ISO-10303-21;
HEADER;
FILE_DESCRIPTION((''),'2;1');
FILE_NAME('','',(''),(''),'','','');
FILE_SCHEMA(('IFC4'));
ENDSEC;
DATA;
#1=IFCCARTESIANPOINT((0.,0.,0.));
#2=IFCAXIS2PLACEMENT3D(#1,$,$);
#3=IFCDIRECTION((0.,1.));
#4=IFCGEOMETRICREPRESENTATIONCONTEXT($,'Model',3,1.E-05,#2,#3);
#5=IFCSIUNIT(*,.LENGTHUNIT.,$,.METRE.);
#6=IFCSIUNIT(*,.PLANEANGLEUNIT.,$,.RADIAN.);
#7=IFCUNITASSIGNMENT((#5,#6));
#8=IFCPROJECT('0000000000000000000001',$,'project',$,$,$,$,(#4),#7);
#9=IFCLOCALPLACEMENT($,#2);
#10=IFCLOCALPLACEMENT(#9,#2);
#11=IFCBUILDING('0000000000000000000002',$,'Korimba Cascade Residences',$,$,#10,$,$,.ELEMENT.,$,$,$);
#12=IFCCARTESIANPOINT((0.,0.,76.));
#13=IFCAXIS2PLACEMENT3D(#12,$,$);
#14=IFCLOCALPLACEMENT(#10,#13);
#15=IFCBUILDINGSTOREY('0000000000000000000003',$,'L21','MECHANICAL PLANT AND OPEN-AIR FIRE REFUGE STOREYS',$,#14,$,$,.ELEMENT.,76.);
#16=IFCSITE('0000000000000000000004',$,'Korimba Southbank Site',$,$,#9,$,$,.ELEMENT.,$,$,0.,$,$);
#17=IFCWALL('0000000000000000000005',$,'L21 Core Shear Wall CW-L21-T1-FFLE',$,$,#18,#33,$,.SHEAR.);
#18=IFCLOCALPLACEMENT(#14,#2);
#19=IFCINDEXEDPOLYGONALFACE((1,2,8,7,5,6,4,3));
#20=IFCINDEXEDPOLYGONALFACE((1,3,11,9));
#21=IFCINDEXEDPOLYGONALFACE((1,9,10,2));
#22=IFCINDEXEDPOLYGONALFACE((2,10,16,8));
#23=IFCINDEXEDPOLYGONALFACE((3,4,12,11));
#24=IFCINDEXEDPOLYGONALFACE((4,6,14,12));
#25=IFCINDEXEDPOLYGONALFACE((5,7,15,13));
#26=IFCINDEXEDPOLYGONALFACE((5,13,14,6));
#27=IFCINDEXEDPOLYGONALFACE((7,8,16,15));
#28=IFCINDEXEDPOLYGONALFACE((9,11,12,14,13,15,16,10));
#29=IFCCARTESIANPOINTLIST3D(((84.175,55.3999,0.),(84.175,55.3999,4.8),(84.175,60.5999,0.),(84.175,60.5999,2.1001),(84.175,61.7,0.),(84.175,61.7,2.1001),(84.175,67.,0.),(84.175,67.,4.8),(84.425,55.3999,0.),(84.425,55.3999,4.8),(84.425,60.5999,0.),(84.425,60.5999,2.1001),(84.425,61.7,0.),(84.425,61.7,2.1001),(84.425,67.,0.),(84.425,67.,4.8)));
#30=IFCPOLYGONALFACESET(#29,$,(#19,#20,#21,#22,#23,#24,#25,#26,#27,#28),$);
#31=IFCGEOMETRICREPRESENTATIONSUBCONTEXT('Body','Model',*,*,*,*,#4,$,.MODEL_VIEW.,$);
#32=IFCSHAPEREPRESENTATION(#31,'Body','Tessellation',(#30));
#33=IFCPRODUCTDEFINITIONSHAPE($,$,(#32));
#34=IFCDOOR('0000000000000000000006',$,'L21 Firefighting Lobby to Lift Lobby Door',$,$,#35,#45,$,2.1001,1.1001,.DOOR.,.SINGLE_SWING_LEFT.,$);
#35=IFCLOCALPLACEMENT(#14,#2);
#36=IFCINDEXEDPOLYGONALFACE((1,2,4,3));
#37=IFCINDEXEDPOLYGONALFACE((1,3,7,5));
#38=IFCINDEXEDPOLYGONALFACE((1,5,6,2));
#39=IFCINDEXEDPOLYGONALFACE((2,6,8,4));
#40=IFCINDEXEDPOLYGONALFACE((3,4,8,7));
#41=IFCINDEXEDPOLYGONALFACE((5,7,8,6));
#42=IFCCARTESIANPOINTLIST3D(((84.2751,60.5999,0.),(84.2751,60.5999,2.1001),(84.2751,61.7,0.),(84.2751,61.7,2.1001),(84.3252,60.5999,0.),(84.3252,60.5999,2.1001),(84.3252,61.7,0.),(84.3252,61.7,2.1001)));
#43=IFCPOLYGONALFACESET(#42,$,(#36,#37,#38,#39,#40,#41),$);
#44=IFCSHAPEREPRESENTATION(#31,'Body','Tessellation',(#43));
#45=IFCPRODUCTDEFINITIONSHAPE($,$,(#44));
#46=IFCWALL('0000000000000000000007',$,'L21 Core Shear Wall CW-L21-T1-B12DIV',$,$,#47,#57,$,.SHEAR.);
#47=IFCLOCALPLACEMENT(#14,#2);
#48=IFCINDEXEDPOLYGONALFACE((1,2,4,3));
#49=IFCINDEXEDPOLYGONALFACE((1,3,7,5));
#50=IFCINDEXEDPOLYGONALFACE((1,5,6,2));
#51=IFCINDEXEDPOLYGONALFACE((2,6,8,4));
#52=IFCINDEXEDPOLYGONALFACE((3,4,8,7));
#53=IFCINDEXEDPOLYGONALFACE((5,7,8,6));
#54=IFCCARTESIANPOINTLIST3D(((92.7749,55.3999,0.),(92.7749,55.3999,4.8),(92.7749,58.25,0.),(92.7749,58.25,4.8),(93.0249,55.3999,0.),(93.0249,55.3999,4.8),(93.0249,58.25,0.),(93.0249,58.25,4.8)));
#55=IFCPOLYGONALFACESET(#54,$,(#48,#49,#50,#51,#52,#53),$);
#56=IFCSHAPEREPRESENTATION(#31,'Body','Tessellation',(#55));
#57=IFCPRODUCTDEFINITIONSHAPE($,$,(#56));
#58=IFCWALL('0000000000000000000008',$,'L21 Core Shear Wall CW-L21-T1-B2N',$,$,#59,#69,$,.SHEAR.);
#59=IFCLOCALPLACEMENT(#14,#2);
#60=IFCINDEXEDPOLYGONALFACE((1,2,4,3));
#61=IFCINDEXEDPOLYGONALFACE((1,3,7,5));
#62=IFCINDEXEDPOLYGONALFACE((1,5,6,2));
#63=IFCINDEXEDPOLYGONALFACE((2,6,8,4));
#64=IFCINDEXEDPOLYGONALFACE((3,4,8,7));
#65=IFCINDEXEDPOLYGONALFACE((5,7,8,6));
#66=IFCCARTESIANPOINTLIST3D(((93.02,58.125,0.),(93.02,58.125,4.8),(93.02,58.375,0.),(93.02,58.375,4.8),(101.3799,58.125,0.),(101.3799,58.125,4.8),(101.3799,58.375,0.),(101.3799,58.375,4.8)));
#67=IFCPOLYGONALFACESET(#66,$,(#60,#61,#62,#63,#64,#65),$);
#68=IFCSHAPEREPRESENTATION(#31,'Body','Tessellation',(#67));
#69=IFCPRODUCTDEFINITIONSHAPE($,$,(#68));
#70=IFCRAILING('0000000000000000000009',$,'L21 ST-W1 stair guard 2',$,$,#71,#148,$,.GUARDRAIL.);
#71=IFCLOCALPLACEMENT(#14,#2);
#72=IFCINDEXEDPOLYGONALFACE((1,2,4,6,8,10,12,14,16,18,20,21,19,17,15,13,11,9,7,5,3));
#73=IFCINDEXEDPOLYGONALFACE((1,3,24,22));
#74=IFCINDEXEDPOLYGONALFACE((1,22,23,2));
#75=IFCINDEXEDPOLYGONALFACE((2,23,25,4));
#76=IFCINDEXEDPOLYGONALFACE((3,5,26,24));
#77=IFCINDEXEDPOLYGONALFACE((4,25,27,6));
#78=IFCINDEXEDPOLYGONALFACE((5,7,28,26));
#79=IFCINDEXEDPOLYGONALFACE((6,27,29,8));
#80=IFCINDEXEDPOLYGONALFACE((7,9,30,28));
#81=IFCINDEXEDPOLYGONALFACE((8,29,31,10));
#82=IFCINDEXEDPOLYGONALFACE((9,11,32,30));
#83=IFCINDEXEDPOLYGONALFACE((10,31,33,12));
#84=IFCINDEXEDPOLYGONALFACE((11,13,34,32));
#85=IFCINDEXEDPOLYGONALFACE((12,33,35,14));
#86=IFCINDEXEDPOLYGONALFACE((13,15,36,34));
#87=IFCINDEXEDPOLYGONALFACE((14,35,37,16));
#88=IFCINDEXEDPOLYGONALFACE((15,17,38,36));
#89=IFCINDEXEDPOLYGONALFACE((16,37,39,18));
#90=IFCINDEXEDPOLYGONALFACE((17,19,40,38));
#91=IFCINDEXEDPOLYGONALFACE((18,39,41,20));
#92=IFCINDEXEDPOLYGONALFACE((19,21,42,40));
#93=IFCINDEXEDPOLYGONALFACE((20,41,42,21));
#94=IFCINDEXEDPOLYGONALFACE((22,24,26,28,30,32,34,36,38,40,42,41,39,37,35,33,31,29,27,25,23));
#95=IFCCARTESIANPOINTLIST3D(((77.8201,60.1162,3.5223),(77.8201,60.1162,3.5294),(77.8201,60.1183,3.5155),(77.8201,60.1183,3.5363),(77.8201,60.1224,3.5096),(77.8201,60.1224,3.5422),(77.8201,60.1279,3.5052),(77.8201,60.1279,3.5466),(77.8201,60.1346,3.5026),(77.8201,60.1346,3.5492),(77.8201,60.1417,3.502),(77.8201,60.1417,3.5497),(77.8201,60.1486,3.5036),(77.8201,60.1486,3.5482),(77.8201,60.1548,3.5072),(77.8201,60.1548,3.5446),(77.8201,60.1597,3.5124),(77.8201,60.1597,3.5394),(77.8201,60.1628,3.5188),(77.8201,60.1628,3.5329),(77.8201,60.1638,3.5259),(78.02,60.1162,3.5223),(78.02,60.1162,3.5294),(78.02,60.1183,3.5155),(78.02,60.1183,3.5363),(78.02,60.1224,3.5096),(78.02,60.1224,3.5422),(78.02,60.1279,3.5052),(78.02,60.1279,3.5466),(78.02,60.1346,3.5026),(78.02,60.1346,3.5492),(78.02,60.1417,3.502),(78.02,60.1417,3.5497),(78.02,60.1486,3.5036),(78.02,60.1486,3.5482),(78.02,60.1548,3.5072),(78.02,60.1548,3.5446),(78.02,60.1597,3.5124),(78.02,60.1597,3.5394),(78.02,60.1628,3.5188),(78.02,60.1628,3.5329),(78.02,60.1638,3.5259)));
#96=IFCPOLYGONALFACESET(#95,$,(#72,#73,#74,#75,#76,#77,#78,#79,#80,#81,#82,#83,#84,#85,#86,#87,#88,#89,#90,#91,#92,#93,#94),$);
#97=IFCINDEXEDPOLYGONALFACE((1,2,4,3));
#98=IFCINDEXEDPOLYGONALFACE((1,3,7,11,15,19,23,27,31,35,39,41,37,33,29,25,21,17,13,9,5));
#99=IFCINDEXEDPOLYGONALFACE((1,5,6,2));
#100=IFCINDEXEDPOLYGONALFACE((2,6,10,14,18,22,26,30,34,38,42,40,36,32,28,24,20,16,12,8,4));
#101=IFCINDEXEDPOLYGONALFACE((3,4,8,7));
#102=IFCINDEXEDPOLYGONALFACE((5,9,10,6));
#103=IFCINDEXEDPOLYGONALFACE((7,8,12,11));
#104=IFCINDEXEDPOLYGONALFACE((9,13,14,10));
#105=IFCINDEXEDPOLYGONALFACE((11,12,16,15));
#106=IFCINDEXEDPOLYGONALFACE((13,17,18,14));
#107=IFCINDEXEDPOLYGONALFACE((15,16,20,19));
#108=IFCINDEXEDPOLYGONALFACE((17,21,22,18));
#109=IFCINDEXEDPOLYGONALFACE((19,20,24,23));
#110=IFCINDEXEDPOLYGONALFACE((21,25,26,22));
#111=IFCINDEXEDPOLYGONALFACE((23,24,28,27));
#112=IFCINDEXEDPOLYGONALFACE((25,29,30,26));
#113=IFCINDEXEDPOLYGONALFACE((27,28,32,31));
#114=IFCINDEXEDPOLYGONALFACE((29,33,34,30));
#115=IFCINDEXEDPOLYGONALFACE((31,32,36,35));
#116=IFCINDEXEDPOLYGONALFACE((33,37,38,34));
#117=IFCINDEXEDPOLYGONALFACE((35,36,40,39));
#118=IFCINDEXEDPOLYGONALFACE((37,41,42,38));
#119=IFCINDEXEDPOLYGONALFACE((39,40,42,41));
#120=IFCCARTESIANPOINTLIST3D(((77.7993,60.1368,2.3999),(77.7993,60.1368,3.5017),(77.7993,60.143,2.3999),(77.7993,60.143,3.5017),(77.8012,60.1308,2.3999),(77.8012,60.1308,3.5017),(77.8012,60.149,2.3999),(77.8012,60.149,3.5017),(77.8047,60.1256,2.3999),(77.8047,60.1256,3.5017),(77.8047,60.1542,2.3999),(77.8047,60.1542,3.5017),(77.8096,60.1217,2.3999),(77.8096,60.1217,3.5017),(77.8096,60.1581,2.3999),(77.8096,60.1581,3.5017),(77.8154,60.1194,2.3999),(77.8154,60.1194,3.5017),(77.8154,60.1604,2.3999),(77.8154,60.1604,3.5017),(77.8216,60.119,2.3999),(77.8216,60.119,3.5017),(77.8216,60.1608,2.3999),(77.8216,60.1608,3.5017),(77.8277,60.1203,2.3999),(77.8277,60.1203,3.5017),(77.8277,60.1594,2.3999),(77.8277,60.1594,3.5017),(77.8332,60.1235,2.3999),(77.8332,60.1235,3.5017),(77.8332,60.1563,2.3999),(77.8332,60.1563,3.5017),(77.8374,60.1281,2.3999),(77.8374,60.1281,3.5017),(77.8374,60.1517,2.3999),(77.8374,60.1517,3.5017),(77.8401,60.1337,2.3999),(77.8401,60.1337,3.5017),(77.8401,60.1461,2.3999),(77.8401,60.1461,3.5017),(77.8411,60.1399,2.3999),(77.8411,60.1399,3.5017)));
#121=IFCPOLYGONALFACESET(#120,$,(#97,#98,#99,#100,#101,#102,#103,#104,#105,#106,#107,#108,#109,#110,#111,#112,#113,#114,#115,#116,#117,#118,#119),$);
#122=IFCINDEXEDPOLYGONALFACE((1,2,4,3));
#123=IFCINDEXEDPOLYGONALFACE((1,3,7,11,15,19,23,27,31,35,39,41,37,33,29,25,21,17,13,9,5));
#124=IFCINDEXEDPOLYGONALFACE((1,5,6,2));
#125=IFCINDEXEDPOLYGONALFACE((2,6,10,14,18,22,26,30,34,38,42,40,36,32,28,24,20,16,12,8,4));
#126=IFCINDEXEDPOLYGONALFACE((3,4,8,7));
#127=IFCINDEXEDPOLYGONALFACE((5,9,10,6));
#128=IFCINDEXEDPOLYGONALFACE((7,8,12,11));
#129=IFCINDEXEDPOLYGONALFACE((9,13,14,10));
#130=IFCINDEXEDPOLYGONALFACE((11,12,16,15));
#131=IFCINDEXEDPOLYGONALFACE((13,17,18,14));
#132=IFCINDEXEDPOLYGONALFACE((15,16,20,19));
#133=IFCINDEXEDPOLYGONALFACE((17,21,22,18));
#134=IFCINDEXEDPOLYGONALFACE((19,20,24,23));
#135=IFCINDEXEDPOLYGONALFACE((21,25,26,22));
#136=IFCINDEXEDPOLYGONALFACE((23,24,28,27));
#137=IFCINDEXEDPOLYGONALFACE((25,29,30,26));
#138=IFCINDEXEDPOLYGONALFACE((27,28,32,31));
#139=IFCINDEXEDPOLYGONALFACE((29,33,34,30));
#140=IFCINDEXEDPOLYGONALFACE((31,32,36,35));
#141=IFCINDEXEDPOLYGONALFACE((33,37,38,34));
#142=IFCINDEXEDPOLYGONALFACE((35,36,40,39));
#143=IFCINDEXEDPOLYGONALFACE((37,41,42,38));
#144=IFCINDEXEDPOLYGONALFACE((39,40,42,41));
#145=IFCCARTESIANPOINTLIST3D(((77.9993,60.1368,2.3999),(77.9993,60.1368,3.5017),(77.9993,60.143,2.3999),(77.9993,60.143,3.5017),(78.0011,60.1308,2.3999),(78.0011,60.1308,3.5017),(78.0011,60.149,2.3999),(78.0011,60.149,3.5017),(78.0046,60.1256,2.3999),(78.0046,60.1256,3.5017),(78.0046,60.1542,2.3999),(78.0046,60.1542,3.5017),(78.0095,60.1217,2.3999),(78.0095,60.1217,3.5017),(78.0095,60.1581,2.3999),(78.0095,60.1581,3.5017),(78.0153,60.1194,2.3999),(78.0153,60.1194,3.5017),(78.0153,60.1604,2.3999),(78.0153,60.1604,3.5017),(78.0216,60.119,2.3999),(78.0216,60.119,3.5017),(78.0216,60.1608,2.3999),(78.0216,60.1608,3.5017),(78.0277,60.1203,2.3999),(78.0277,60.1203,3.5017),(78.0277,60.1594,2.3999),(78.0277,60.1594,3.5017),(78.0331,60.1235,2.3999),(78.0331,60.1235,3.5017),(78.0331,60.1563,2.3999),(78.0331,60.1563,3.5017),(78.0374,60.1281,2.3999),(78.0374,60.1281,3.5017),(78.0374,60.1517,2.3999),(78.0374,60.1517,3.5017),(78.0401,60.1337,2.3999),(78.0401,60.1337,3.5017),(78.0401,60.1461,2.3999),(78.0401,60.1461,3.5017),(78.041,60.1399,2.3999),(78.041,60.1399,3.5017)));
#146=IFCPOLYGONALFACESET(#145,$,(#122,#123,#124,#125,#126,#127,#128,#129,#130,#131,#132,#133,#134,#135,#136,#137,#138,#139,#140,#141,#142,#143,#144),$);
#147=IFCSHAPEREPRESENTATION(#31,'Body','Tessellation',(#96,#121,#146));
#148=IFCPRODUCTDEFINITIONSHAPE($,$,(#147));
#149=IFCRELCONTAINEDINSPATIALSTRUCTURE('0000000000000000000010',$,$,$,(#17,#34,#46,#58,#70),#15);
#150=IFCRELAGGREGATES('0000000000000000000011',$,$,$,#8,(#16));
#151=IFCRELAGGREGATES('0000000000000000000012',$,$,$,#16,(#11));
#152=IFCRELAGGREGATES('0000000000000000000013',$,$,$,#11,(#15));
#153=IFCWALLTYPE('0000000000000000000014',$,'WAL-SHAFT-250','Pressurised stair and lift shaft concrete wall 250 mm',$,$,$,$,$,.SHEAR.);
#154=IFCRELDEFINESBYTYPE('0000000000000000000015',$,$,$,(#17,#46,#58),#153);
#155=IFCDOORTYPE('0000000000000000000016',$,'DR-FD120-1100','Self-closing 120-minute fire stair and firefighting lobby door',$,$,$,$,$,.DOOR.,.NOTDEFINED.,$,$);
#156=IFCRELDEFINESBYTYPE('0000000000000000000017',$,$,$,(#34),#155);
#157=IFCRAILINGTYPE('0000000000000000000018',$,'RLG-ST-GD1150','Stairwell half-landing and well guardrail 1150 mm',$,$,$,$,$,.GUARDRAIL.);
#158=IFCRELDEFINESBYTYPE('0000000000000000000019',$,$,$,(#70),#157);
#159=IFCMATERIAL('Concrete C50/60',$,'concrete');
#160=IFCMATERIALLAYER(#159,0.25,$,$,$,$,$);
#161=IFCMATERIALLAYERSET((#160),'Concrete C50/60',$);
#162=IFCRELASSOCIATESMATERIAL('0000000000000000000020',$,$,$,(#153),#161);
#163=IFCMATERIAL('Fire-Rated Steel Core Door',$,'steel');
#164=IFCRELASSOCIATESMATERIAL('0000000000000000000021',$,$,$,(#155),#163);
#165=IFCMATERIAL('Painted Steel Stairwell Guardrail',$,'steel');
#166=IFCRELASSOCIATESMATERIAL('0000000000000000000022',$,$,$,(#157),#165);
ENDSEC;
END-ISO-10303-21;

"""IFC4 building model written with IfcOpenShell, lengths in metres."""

from ifc_helpers import new_model, si_unit, direction, frame, frame_2d, origin, origin_2d, place, context, subcontext, project, spatial, rectangle, circle, extrude, material, layer, layer_set, type_object, element, fill, save


model = new_model("IFC4")

# Units and contexts
model_context = context("Model", 3, precision=1e-05, world=origin(), true_north=direction((0.0, 1.0)))
body_context = subcontext(model_context, "Body", "Model", "MODEL_VIEW")
ifc_project = project(units=[si_unit("LENGTHUNIT", "METRE"), si_unit("PLANEANGLEUNIT", "RADIAN")], contexts=[model_context])

# Site, building, storey
site_placement = place(None, origin())
site = spatial("IfcSite", under=ifc_project, at=site_placement, Name="Korimba Southbank Site", CompositionType="ELEMENT", RefElevation=0.0)
building_placement = place(site_placement, origin())
building = spatial("IfcBuilding", under=site, at=building_placement, Name="Korimba Cascade Residences", CompositionType="ELEMENT")
storey_placement = place(building_placement, frame((0.0, 0.0, 76.0)))
storey = spatial("IfcBuildingStorey", under=building, at=storey_placement, Name="L21", Description="MECHANICAL PLANT AND OPEN-AIR FIRE REFUGE STOREYS", CompositionType="ELEMENT", Elevation=76.0)

# Shared definitions
ifc_material_1 = material(Name="Concrete C50/60", Category="concrete")
ifc_layer_1 = layer(ifc_material_1, 0.25)
ifc_layer_set_1 = layer_set([ifc_layer_1], Name="Concrete C50/60")
wall_type_1 = type_object("IfcWallType", Name="WAL-SHAFT-250", Description="Pressurised stair and lift shaft concrete wall 250 mm", PredefinedType="SHEAR", material=ifc_layer_set_1)
ifc_material_2 = material(Name="Fire-Rated Steel Core Door", Category="steel")
door_type_1 = type_object("IfcDoorType", Name="DR-FD120-1100", Description="Self-closing 120-minute fire stair and firefighting lobby door", OperationType="NOTDEFINED", PredefinedType="DOOR", material=ifc_material_2)

# Wall, opening, door
wall_1_placement = place(storey_placement, frame((84.3, 55.3999, 0.0), z_axis=(0.0, 0.0, 1.0), x_axis=(0.0, 1.0, 0.0)))
wall_1 = element("IfcWall", 1, at=wall_1_placement, inside=storey, type_object=wall_type_1, Name="L21 Core Shear Wall CW-L21-T1-FFLE", PredefinedType="SHEAR", context=body_context, shape_type="SweptSolid", body=[
    extrude(rectangle(XDim=11.6001, YDim=0.25, at=frame_2d((5.8, 0.0))), origin(), (0.0, 0.0, 1.0), 4.8),
])
opening_1_placement = place(wall_1_placement, frame((5.2, 0.0, 0.0)))
opening_1 = element("IfcOpeningElement", 2, at=opening_1_placement, cuts=wall_1, PredefinedType="OPENING", context=body_context, shape_type="SweptSolid", body=[
    extrude(rectangle(XDim=1.1001, YDim=2.1001, at=frame_2d((0.55, 1.05))), frame((0.0, 0.135, 0.0), z_axis=(0.0, -1.0, 0.0), x_axis=(1.0, 0.0, 0.0)), (0.0, 0.0, 1.0), 0.27),
])
door_1_placement = place(opening_1_placement, origin())
door_1 = element("IfcDoor", 3, at=door_1_placement, inside=storey, type_object=door_type_1, Name="L21 Firefighting Lobby to Lift Lobby Door", OperationType="SINGLE_SWING_LEFT", OverallHeight=2.1001, OverallWidth=1.1001, PredefinedType="DOOR", context=body_context, shape_type="SweptSolid", body=[
    extrude(rectangle(XDim=1.1001, YDim=2.1001, at=frame_2d((0.55, 1.05))), frame((0.0, 0.0249, 0.0), z_axis=(0.0, -1.0, 0.0), x_axis=(1.0, 0.0, 0.0)), (0.0, 0.0, 1.0), 0.05),
])
fill(opening_1, door_1)

# Walls
wall_2_placement = place(storey_placement, frame((92.8999, 55.3999, 0.0), z_axis=(0.0, 0.0, 1.0), x_axis=(0.0, 1.0, 0.0)))
element("IfcWall", 4, at=wall_2_placement, inside=storey, type_object=wall_type_1, Name="L21 Core Shear Wall CW-L21-T1-B12DIV", PredefinedType="SHEAR", context=body_context, shape_type="SweptSolid", body=[
    extrude(rectangle(XDim=2.8501, YDim=0.25, at=frame_2d((1.425, 0.0))), origin(), (0.0, 0.0, 1.0), 4.8),
])
wall_3_placement = place(storey_placement, frame((93.02, 58.25, 0.0), z_axis=(0.0, 0.0, 1.0), x_axis=(1.0, 0.0, 0.0)))
element("IfcWall", 5, at=wall_3_placement, inside=storey, type_object=wall_type_1, Name="L21 Core Shear Wall CW-L21-T1-B2N", PredefinedType="SHEAR", context=body_context, shape_type="SweptSolid", body=[
    extrude(rectangle(XDim=8.3599, YDim=0.25, at=frame_2d((4.1799, 0.0))), origin(), (0.0, 0.0, 1.0), 4.8),
])

# Railing
ifc_material_3 = material(Name="Painted Steel Stairwell Guardrail", Category="steel")
railing_type = type_object("IfcRailingType", Name="RLG-ST-GD1150", Description="Stairwell half-landing and well guardrail 1150 mm", PredefinedType="GUARDRAIL", material=ifc_material_3)
railing_placement = place(storey_placement, frame((77.8201, 60.1399, 2.3999)))
element("IfcRailing", 6, at=railing_placement, inside=storey, type_object=railing_type, Name="L21 ST-W1 stair guard 2", PredefinedType="GUARDRAIL", context=body_context, shape_type="SweptSolid", body=[
    extrude(circle(Radius=0.0239, at=origin_2d()), frame((0.0, 0.0, 1.126), z_axis=(1.0, 0.0, 0.0), x_axis=(0.0, 1.0, 0.0)), (0.0, 0.0, 1.0), 0.2),
    extrude(circle(Radius=0.021, at=origin_2d()), origin(), (0.0, 0.0, 1.0), 1.1018),
    extrude(circle(Radius=0.021, at=origin_2d()), frame((0.2, 0.0, 0.0)), (0.0, 0.0, 1.0), 1.1018),
])

save(model, "model.ifc")
